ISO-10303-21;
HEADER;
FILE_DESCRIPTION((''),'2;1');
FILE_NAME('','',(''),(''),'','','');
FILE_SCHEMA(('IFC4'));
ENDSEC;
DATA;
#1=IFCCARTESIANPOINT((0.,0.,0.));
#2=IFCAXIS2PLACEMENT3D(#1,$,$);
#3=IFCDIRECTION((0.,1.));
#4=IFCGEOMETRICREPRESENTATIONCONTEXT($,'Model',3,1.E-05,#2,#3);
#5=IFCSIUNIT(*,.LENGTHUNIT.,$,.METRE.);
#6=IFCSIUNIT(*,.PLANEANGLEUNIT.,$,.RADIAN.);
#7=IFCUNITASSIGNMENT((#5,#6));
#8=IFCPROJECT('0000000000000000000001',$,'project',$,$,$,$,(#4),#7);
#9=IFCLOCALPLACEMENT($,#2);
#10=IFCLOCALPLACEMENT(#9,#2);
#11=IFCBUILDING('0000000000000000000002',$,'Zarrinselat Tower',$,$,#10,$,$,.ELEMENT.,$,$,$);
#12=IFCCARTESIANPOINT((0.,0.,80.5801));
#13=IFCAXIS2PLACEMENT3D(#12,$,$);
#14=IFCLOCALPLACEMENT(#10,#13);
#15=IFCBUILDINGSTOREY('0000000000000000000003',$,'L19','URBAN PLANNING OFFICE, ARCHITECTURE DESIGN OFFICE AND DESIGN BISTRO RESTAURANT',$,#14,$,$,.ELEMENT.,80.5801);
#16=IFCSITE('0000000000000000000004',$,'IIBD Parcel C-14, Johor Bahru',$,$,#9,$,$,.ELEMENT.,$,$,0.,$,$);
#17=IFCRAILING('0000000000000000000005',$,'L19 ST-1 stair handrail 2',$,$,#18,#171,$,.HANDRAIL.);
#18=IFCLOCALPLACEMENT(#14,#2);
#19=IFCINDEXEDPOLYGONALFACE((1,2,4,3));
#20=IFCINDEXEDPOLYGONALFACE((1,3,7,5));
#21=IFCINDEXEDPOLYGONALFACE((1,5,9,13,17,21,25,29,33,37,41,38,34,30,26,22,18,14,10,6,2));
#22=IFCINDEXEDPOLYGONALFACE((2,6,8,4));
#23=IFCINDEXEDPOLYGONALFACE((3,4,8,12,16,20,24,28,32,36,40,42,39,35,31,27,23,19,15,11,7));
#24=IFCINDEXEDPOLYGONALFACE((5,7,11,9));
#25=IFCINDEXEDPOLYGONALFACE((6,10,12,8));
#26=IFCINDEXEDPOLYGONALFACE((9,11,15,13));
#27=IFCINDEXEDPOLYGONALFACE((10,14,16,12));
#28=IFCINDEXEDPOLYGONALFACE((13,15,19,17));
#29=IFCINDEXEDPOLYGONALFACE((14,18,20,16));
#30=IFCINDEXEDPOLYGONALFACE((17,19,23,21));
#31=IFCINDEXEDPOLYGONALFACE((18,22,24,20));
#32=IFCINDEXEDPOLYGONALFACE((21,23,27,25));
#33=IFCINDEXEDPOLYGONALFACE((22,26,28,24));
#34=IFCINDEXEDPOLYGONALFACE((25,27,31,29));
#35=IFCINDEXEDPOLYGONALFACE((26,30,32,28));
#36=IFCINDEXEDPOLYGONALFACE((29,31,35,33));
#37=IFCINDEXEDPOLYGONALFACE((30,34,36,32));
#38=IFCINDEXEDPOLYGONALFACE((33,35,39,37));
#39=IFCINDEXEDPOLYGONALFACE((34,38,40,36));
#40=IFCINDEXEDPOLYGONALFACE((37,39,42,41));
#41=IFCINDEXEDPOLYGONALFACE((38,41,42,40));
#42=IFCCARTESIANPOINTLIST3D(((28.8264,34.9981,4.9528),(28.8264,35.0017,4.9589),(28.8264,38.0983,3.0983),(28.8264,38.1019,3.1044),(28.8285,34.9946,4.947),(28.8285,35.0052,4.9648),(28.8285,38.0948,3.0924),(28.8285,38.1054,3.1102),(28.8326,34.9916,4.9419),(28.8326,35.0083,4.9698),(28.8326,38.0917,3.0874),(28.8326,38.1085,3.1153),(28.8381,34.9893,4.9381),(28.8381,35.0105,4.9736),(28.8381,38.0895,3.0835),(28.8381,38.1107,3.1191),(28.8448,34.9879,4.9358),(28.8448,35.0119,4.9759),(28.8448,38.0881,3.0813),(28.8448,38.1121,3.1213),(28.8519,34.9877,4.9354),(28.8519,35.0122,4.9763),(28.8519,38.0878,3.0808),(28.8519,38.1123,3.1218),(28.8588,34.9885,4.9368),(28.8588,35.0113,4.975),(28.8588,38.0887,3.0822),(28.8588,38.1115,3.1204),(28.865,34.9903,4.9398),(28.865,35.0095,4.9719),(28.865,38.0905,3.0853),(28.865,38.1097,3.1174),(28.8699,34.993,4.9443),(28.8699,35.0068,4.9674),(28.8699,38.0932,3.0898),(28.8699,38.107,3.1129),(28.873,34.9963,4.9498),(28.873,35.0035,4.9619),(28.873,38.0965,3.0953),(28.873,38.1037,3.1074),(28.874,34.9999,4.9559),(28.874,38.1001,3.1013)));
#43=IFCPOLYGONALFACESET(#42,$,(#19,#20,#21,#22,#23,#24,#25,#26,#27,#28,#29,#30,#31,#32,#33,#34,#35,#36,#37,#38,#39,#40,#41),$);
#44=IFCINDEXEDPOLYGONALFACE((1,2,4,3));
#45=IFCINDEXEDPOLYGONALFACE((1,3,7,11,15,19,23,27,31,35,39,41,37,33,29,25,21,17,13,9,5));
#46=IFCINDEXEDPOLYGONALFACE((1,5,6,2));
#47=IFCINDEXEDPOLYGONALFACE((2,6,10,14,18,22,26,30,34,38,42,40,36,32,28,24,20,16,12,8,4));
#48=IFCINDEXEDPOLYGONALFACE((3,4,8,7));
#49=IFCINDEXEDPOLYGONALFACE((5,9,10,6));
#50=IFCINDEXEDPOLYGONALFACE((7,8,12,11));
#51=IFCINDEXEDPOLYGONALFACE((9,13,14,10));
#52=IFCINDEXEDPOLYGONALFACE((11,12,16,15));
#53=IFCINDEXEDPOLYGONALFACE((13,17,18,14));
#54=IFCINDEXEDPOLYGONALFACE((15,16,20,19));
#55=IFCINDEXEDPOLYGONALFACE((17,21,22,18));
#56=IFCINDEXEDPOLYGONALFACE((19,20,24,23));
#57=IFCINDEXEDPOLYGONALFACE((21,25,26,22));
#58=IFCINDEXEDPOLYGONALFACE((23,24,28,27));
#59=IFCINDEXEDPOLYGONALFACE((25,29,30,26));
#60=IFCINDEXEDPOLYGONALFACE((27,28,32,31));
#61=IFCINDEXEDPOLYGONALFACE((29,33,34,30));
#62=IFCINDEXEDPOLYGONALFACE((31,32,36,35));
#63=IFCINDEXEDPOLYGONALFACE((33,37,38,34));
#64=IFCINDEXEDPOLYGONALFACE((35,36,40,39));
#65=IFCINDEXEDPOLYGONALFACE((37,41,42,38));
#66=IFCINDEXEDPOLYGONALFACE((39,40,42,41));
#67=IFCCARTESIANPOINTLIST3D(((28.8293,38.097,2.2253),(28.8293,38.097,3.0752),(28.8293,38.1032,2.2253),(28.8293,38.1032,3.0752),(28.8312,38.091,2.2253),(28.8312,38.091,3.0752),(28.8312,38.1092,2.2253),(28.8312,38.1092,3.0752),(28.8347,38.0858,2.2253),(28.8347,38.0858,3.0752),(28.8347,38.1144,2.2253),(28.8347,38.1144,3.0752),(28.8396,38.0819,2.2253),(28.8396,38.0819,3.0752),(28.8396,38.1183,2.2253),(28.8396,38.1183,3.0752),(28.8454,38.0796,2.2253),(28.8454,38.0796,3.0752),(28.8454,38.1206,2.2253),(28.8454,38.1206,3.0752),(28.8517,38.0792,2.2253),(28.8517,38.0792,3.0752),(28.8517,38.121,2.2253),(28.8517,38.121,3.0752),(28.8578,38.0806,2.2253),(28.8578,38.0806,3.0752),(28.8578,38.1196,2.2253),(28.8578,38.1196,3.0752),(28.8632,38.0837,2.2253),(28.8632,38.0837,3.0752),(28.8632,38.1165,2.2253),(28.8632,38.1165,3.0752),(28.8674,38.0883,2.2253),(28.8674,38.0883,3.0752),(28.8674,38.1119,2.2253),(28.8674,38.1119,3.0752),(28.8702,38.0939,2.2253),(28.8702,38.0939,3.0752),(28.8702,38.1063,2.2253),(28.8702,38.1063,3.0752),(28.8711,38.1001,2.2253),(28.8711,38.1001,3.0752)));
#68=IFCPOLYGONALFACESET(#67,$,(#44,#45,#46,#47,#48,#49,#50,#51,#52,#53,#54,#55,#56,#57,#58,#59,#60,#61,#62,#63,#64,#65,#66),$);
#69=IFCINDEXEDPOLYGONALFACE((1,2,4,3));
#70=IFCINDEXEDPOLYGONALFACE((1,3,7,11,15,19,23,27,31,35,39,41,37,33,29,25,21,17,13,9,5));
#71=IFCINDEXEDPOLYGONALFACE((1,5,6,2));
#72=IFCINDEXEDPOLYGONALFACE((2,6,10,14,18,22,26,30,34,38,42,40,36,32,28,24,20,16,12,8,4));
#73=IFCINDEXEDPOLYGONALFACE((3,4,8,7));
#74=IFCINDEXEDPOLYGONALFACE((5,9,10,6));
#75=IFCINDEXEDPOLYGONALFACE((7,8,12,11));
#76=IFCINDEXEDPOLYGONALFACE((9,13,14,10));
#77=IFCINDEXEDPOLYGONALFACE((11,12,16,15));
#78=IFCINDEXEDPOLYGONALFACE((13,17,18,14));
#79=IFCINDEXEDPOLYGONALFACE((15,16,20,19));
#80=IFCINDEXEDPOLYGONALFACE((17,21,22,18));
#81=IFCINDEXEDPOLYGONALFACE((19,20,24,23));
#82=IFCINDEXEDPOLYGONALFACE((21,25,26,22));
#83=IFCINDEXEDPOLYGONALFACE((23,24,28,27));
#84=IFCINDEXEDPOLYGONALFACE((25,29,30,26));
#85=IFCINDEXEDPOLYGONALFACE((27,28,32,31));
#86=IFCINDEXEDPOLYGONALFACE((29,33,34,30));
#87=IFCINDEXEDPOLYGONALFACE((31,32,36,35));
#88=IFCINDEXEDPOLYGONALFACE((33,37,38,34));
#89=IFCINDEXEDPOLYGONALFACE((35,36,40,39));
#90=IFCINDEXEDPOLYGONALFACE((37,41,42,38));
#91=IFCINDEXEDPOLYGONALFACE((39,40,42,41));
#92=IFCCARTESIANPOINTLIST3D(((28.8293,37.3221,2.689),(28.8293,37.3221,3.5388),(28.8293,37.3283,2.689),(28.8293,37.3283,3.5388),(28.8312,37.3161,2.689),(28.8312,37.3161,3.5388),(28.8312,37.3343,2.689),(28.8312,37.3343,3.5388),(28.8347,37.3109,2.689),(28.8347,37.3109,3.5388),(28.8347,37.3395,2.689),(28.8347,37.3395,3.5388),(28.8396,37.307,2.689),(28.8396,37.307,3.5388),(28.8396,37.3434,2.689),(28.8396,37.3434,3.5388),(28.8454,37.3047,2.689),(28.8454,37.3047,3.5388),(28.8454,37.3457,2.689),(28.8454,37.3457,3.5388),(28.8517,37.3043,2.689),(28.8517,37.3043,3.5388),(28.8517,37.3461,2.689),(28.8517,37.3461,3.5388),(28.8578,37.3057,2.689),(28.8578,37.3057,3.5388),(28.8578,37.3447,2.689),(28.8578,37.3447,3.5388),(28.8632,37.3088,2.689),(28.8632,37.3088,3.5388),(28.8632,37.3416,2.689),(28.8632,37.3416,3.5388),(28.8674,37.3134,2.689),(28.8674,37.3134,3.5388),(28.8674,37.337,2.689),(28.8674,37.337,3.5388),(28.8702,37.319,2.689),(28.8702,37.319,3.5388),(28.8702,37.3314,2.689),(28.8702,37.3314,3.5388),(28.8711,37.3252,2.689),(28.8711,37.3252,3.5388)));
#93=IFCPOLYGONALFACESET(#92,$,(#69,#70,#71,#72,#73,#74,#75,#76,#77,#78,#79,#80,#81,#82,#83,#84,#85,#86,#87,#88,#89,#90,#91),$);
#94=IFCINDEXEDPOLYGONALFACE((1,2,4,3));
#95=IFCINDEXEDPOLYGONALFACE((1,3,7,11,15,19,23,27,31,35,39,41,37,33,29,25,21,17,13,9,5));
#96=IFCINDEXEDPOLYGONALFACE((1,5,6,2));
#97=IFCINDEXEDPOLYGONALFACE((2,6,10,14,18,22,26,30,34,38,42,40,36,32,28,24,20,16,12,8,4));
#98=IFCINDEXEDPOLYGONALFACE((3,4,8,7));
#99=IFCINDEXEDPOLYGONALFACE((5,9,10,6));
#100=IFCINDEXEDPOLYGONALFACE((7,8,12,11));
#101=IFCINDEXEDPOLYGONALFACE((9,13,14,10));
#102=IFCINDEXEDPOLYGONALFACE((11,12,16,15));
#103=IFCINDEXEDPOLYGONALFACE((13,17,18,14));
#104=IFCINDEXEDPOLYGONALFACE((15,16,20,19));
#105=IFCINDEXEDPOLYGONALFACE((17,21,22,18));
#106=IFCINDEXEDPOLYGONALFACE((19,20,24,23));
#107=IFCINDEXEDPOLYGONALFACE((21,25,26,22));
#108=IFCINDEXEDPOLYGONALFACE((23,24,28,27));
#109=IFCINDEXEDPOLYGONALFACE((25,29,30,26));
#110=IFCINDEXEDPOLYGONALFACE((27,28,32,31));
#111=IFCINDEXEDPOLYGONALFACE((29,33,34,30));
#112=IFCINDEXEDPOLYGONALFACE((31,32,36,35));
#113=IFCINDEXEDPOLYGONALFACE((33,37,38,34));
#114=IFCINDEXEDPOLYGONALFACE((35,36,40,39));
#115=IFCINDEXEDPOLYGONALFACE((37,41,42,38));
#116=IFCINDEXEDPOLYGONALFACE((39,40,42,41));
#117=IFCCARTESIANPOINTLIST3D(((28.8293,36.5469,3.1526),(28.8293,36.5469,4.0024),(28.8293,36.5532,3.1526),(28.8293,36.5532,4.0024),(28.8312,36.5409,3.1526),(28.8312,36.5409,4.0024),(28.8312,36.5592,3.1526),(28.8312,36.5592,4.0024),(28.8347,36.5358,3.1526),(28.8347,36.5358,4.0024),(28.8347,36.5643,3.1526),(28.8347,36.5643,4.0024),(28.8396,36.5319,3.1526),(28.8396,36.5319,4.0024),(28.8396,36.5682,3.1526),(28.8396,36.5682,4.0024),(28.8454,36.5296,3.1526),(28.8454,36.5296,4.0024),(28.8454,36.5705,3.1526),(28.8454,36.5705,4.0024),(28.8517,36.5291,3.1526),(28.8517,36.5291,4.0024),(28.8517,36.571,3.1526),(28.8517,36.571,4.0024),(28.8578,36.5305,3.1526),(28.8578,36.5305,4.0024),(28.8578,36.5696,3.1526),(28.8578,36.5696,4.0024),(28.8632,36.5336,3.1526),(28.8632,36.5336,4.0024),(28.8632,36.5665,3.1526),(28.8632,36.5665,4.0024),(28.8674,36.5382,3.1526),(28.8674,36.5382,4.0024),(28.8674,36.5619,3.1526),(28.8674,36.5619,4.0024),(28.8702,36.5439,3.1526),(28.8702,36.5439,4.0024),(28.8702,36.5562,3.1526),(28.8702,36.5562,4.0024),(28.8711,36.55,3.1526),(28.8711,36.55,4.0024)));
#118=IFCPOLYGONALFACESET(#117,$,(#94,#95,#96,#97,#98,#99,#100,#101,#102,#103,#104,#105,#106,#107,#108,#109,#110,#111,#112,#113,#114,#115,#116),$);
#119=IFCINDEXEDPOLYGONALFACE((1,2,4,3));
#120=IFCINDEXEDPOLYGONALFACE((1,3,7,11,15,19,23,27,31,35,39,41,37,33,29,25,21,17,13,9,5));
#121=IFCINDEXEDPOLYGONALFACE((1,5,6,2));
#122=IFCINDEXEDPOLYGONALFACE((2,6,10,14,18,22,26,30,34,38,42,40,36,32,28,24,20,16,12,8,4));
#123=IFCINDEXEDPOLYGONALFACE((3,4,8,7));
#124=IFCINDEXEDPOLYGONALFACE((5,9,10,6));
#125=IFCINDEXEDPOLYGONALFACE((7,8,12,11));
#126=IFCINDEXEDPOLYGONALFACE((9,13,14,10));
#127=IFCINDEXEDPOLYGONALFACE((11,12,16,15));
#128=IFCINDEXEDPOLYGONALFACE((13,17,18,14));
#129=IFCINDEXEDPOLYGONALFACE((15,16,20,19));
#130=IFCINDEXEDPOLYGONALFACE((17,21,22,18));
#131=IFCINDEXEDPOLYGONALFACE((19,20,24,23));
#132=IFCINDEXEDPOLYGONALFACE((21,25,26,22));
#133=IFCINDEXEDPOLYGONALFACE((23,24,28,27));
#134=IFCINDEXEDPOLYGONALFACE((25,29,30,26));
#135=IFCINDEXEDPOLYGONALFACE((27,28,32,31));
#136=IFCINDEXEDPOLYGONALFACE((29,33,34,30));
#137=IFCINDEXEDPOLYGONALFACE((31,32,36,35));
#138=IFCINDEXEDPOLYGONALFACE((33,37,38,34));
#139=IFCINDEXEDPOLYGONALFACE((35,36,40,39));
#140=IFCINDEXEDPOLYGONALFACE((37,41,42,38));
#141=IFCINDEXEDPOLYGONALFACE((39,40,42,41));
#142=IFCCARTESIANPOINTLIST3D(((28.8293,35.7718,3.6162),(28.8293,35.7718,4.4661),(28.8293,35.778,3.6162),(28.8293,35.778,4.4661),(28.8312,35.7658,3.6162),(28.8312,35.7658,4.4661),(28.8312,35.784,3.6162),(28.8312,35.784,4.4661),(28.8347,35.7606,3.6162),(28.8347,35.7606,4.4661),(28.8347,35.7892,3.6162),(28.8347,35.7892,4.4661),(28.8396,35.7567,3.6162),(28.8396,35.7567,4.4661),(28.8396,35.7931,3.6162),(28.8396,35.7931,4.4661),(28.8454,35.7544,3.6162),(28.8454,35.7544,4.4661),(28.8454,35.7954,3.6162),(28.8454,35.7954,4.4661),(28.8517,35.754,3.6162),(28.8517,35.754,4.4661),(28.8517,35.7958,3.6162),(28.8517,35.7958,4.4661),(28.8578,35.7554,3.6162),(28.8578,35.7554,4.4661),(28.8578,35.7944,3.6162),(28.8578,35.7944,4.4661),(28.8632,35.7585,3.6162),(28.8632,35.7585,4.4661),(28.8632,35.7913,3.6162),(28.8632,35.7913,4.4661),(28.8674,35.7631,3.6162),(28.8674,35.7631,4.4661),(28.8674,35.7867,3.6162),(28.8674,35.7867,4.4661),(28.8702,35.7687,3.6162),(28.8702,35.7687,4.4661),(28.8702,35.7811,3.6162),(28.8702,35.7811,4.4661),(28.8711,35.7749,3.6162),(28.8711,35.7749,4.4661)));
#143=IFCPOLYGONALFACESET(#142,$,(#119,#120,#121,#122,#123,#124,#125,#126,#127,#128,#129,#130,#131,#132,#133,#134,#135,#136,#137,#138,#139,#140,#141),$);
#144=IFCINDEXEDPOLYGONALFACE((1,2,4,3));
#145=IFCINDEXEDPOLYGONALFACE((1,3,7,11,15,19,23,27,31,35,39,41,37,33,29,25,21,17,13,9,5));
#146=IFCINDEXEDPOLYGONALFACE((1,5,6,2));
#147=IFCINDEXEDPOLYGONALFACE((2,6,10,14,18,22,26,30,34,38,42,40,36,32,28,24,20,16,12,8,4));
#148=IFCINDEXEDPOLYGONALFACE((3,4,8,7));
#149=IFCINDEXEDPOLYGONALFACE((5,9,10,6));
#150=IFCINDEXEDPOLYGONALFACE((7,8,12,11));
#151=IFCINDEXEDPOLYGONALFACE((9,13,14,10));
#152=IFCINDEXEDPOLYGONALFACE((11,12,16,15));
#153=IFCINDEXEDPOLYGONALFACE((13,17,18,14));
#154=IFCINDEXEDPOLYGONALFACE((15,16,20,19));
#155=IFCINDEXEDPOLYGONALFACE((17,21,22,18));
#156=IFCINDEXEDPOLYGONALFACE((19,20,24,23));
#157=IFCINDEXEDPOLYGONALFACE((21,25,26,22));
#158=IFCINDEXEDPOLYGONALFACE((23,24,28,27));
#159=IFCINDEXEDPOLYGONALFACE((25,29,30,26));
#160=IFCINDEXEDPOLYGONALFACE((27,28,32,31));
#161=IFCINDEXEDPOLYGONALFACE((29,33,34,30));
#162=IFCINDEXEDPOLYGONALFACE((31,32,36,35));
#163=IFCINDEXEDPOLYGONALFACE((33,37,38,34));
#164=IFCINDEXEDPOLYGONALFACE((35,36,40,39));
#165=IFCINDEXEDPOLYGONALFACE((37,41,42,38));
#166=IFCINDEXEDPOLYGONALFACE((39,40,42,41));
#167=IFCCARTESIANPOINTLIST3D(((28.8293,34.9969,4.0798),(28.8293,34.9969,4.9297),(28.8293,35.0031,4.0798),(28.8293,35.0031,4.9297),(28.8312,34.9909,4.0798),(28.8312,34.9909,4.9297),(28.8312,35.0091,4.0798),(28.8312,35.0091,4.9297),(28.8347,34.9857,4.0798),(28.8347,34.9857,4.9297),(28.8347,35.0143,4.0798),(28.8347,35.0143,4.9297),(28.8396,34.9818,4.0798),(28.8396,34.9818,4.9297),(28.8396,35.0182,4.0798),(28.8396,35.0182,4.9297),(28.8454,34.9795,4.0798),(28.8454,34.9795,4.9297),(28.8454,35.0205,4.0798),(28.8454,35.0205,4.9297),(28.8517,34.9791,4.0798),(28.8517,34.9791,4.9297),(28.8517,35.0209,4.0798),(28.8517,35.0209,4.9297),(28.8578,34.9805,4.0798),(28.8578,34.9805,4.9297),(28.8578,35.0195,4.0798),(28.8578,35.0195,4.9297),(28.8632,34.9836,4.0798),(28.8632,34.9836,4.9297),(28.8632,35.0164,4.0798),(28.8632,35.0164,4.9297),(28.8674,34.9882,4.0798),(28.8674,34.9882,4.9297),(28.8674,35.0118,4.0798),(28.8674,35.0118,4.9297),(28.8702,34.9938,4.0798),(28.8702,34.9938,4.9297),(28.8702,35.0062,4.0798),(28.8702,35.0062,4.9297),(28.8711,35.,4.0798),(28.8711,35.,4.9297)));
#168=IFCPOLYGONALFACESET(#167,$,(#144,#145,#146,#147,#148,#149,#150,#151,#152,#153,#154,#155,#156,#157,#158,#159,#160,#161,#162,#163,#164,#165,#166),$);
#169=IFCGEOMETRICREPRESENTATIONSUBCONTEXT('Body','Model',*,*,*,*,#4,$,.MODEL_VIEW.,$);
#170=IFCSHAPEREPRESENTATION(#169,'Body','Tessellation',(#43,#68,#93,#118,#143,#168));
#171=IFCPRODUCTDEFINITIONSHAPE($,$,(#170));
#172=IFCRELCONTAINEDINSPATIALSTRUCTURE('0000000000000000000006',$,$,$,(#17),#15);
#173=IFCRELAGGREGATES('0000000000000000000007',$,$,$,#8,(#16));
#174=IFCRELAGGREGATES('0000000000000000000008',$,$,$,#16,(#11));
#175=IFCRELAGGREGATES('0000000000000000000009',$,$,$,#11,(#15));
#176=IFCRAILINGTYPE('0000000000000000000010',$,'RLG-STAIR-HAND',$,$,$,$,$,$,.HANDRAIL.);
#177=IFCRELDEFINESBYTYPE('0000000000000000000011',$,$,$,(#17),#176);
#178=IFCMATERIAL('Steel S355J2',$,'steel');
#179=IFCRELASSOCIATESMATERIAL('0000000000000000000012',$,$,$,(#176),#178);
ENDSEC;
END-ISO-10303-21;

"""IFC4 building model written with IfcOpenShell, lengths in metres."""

from ifc_helpers import new_model, si_unit, direction, frame, origin, origin_2d, place, context, subcontext, project, spatial, circle, extrude, material, type_object, element, save


model = new_model("IFC4")

# Units and contexts
model_context = context("Model", 3, precision=1e-05, world=origin(), true_north=direction((0.0, 1.0)))
body_context = subcontext(model_context, "Body", "Model", "MODEL_VIEW")
ifc_project = project(units=[si_unit("LENGTHUNIT", "METRE"), si_unit("PLANEANGLEUNIT", "RADIAN")], contexts=[model_context])

# Site, building, storey
site_placement = place(None, origin())
site = spatial("IfcSite", under=ifc_project, at=site_placement, Name="IIBD Parcel C-14, Johor Bahru", CompositionType="ELEMENT", RefElevation=0.0)
building_placement = place(site_placement, origin())
building = spatial("IfcBuilding", under=site, at=building_placement, Name="Zarrinselat Tower", CompositionType="ELEMENT")
storey_placement = place(building_placement, frame((0.0, 0.0, 80.5801)))
storey = spatial("IfcBuildingStorey", under=building, at=storey_placement, Name="L19", Description="URBAN PLANNING OFFICE, ARCHITECTURE DESIGN OFFICE AND DESIGN BISTRO RESTAURANT", CompositionType="ELEMENT", Elevation=80.5801)

# Railing
ifc_material_1 = material(Name="Steel S355J2", Category="steel")
railing_type_1 = type_object("IfcRailingType", Name="RLG-STAIR-HAND", PredefinedType="HANDRAIL", material=ifc_material_1)
railing_1_placement = place(storey_placement, frame((28.8501, 38.1001, 2.2253)))
element("IfcRailing", 1, at=railing_1_placement, inside=storey, type_object=railing_type_1, Name="L19 ST-1 stair handrail 2", PredefinedType="HANDRAIL", context=body_context, shape_type="SweptSolid", body=[
    extrude(circle(Radius=0.0239, at=origin_2d()), frame((0.0, 0.0, 0.876), z_axis=(0.0, -0.858172, 0.513362), x_axis=(1.0, 0.0, 0.0)), (0.0, 0.0, 1.0), 3.6125),
    extrude(circle(Radius=0.021, at=origin_2d()), origin(), (0.0, 0.0, 1.0), 0.8499),
    extrude(circle(Radius=0.021, at=origin_2d()), frame((0.0, -0.7749, 0.4636)), (0.0, 0.0, 1.0), 0.8499),
    extrude(circle(Radius=0.021, at=origin_2d()), frame((0.0, -1.55, 0.9272)), (0.0, 0.0, 1.0), 0.8499),
    extrude(circle(Radius=0.021, at=origin_2d()), frame((0.0, -2.3252, 1.3909)), (0.0, 0.0, 1.0), 0.8499),
    extrude(circle(Radius=0.021, at=origin_2d()), frame((0.0, -3.1001, 1.8545)), (0.0, 0.0, 1.0), 0.8499),
])

save(model, "model.ifc")
